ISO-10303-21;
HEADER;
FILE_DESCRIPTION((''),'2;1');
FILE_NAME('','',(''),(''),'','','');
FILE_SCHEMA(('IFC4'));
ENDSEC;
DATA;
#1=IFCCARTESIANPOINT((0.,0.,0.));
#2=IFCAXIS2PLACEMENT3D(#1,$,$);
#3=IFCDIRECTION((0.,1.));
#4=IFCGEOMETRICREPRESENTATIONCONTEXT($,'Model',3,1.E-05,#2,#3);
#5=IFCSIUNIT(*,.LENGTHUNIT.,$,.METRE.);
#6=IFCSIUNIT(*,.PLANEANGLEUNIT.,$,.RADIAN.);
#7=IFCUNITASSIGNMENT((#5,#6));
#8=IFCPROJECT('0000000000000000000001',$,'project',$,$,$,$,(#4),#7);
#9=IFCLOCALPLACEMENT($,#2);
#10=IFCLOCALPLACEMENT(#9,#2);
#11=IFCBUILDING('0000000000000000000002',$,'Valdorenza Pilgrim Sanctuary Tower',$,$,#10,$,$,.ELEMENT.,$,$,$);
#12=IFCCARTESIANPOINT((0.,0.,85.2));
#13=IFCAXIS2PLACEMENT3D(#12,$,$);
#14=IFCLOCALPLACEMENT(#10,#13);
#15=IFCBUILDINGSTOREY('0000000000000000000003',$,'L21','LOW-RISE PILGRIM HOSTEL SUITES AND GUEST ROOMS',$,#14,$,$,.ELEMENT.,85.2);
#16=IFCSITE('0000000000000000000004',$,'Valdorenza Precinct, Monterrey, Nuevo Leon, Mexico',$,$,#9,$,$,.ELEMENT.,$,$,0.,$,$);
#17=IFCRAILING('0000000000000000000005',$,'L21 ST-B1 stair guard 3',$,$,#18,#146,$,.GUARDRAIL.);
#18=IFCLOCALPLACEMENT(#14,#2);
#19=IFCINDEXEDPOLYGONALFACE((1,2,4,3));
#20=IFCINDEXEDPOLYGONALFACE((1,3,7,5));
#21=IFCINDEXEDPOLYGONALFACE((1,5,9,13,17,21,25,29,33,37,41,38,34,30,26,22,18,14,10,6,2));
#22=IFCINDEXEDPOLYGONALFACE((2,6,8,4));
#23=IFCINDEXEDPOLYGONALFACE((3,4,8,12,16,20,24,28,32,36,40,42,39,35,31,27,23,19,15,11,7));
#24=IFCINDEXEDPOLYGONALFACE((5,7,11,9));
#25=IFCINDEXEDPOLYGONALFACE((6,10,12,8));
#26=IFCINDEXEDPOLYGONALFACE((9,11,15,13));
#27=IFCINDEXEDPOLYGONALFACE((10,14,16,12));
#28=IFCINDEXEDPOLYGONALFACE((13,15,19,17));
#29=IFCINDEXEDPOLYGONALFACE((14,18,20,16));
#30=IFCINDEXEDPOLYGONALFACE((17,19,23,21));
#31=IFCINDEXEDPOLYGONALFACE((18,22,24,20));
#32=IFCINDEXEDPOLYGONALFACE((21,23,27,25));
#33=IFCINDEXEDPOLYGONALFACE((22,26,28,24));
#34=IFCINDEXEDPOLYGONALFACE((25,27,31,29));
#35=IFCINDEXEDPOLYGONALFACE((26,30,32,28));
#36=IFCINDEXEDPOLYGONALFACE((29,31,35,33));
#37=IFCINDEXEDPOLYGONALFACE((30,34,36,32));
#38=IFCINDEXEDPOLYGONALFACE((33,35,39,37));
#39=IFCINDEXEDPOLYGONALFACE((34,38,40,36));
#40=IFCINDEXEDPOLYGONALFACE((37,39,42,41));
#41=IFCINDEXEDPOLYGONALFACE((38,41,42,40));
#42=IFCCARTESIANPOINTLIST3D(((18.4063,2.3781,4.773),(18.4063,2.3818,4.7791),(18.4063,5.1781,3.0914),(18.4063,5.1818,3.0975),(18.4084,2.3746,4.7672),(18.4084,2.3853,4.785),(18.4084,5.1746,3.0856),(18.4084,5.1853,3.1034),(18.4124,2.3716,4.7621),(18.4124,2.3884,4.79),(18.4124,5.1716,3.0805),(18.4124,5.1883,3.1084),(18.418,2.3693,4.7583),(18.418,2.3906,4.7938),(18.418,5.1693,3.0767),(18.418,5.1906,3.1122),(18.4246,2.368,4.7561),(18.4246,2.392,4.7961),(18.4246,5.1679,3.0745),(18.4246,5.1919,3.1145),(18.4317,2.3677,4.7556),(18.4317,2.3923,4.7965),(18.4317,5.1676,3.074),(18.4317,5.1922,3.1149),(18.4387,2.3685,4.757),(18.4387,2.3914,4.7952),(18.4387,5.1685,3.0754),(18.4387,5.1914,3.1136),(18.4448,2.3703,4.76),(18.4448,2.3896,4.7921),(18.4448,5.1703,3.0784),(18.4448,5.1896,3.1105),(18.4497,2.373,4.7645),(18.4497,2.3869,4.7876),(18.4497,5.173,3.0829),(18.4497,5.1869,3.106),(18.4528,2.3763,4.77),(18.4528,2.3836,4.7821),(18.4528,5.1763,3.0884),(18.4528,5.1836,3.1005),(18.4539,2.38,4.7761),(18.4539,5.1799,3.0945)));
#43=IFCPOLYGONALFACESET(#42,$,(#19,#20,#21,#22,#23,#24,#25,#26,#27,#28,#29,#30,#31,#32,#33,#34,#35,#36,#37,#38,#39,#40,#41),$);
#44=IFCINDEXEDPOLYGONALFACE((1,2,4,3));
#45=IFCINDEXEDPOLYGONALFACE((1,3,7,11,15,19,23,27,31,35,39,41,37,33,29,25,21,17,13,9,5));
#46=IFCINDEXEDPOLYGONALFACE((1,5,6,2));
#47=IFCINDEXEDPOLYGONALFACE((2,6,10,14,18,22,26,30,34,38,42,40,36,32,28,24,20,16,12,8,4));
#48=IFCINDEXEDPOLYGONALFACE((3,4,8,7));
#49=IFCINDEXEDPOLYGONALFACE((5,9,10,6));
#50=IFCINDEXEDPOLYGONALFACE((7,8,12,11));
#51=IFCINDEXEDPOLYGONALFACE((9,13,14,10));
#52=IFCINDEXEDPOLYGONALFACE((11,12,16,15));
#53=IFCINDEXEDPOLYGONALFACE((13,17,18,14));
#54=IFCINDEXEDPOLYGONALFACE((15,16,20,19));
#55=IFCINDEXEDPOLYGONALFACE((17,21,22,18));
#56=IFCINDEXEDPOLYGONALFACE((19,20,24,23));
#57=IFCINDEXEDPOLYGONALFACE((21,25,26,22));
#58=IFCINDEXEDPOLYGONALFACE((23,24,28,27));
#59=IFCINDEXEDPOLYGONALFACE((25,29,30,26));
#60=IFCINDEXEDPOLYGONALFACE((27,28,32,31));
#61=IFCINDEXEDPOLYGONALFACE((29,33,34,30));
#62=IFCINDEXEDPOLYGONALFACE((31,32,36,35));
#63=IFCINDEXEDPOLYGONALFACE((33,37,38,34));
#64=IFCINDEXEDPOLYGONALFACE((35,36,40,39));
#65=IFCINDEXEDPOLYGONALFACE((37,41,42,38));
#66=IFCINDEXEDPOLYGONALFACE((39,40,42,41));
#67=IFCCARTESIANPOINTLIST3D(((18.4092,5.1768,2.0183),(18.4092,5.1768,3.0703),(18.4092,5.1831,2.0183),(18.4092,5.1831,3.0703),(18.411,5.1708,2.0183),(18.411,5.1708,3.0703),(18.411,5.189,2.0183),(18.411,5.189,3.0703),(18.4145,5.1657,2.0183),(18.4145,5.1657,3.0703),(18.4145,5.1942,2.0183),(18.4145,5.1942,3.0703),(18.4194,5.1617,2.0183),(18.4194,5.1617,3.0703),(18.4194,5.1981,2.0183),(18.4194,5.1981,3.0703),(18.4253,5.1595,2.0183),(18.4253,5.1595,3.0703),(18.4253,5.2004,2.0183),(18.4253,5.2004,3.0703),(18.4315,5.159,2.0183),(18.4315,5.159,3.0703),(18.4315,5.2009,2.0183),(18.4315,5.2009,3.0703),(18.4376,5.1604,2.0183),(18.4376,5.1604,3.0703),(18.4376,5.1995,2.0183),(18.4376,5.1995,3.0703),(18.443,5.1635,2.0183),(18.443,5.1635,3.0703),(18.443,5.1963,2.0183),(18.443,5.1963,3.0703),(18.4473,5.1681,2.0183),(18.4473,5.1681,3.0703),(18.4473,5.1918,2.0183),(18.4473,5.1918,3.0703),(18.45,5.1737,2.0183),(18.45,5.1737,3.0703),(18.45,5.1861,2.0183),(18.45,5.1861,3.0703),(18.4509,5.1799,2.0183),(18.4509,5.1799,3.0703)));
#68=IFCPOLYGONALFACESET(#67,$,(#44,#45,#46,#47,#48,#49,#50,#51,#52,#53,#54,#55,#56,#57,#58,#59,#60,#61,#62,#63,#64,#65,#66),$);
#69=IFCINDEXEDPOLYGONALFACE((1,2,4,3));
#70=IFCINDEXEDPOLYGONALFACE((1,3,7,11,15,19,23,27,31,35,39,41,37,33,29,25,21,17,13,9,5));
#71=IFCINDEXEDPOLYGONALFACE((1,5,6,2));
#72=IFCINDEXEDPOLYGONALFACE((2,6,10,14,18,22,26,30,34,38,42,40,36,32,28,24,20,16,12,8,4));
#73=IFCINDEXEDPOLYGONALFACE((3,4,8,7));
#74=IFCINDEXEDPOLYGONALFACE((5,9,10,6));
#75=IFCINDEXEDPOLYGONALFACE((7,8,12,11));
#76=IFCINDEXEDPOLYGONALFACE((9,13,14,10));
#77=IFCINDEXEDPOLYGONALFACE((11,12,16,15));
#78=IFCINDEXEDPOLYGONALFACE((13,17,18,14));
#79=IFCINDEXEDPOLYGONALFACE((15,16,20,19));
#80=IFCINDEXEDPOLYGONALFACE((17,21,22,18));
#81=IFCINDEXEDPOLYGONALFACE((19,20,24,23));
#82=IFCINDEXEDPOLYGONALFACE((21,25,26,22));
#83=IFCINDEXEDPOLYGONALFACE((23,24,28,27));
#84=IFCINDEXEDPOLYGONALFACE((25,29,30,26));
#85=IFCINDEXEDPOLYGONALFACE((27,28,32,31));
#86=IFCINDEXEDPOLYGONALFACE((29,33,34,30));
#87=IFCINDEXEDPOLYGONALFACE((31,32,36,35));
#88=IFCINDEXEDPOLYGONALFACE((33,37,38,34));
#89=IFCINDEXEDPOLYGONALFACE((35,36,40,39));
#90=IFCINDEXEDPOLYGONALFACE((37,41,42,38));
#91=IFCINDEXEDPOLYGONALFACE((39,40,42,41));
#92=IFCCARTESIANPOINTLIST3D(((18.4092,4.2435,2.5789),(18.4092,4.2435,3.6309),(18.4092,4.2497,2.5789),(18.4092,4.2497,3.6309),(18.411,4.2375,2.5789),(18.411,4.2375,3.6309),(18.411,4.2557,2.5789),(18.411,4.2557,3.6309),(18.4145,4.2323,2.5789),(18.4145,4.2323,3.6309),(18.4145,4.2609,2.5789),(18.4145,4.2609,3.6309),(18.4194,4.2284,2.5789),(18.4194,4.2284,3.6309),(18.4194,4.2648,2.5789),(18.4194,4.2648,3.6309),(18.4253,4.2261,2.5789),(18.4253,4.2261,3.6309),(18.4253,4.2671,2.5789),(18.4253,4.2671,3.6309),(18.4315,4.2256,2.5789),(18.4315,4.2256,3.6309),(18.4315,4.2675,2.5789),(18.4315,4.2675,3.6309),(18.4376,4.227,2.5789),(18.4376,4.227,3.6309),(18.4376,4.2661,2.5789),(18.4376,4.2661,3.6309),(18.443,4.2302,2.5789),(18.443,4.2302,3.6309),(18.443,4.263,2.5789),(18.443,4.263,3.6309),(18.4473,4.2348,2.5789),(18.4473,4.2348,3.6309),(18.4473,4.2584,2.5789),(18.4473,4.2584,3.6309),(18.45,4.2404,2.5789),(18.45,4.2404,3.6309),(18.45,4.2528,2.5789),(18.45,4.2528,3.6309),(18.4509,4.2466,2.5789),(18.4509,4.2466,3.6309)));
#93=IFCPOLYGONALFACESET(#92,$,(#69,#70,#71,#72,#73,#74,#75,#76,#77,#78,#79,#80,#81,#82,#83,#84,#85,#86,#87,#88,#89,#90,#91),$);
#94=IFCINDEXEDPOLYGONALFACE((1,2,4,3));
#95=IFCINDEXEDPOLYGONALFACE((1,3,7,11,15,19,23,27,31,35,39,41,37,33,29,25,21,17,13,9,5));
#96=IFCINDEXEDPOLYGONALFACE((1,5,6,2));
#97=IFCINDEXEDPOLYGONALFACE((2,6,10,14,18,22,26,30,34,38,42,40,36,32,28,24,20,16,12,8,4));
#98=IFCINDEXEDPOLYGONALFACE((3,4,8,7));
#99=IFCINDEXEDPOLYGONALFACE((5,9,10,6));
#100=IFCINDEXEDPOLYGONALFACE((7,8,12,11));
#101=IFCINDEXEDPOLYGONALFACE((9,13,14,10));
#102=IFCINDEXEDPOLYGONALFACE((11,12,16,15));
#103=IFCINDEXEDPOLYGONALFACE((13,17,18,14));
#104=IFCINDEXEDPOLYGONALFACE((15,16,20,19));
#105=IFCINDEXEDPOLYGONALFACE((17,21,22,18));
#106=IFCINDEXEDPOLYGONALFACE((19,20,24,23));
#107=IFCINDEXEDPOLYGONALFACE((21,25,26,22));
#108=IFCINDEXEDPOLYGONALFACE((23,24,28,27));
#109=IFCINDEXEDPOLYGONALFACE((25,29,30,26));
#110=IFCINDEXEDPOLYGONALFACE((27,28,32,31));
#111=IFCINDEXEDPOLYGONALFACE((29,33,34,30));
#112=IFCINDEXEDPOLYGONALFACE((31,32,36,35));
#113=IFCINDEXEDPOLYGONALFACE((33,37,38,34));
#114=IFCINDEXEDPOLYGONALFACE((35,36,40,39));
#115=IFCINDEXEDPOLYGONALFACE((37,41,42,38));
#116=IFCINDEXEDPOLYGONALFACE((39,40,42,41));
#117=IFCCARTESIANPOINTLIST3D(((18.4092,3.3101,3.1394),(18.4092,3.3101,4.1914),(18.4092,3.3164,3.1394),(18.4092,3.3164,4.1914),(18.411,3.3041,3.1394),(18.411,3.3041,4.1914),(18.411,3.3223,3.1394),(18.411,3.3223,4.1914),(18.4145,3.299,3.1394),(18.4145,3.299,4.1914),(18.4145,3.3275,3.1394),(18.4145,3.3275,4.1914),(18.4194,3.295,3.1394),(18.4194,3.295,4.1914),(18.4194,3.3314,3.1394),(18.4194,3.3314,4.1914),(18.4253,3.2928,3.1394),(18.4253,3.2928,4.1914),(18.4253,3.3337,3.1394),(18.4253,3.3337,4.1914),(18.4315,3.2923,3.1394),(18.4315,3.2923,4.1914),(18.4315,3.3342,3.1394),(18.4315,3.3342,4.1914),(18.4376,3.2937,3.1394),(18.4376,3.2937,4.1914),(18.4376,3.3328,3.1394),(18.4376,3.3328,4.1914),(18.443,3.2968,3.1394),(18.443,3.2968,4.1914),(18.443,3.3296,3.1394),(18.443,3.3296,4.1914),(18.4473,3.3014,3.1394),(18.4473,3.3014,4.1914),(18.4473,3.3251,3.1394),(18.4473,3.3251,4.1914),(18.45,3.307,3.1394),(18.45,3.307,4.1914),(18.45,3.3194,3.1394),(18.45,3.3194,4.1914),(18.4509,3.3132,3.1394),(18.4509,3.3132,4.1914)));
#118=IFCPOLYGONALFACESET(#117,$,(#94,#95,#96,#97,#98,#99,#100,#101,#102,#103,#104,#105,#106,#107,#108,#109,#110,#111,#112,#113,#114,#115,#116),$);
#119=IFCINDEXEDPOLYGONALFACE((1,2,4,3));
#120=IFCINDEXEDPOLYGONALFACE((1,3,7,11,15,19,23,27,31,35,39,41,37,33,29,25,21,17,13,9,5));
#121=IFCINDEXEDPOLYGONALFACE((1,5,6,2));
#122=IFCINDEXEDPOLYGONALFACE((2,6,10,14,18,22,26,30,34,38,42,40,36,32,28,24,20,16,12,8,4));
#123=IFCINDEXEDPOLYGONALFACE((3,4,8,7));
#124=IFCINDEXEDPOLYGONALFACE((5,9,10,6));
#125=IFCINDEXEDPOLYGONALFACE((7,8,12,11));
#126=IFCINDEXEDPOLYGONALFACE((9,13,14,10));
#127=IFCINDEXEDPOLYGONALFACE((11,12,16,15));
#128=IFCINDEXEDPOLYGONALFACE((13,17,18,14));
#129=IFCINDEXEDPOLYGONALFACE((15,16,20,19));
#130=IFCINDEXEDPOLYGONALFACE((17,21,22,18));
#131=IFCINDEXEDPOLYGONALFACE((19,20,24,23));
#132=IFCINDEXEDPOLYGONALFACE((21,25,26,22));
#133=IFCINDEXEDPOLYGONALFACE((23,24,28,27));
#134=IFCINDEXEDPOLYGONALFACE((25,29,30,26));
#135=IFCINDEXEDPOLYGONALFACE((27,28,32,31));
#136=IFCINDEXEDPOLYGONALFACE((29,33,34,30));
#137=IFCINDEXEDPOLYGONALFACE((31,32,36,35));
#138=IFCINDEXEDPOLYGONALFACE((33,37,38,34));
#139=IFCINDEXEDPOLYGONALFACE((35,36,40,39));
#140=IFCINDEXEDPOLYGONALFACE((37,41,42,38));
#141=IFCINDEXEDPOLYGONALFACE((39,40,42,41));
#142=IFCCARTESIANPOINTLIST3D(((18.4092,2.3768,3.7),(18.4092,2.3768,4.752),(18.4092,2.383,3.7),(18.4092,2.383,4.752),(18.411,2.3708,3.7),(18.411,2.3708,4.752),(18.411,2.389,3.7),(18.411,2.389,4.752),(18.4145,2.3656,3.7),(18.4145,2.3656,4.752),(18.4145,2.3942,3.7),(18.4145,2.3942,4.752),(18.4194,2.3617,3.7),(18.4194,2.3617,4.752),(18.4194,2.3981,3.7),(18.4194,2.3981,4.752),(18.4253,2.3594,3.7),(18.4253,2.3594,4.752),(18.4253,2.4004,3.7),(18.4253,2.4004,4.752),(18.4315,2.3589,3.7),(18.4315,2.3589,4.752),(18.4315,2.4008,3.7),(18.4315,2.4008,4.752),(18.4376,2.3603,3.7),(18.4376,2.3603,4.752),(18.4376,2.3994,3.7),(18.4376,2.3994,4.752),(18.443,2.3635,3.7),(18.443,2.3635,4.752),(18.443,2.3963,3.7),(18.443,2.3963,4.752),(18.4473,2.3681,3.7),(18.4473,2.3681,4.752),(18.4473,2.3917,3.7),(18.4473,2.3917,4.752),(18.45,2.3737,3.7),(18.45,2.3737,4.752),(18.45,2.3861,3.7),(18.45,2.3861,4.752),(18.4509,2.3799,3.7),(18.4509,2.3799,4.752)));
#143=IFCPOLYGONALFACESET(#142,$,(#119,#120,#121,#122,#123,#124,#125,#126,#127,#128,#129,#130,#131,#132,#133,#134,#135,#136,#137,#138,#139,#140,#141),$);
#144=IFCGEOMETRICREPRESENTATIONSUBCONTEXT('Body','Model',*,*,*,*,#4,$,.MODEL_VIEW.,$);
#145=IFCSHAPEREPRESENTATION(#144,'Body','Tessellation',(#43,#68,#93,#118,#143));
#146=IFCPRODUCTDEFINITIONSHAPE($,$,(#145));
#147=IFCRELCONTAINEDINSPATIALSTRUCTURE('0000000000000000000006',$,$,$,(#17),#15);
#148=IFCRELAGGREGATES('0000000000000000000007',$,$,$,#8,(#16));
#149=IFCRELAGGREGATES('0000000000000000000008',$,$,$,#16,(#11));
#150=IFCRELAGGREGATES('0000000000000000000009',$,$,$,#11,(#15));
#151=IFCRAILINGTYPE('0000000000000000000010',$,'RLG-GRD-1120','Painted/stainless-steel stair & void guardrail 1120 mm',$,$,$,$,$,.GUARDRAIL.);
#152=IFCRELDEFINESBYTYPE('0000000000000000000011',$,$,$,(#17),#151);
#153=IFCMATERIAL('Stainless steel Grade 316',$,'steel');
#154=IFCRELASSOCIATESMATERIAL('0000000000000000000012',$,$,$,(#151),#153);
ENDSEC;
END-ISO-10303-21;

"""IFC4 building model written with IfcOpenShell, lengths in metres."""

from ifc_helpers import new_model, si_unit, direction, frame, origin, origin_2d, place, context, subcontext, project, spatial, circle, extrude, material, type_object, element, save


model = new_model("IFC4")

# Units and contexts
model_context = context("Model", 3, precision=1e-05, world=origin(), true_north=direction((0.0, 1.0)))
body_context = subcontext(model_context, "Body", "Model", "MODEL_VIEW")
ifc_project = project(units=[si_unit("LENGTHUNIT", "METRE"), si_unit("PLANEANGLEUNIT", "RADIAN")], contexts=[model_context])

# Site, building, storey
site_placement = place(None, origin())
site = spatial("IfcSite", under=ifc_project, at=site_placement, Name="Valdorenza Precinct, Monterrey, Nuevo Leon, Mexico", CompositionType="ELEMENT", RefElevation=0.0)
building_placement = place(site_placement, origin())
building = spatial("IfcBuilding", under=site, at=building_placement, Name="Valdorenza Pilgrim Sanctuary Tower", CompositionType="ELEMENT")
storey_placement = place(building_placement, frame((0.0, 0.0, 85.2)))
storey = spatial("IfcBuildingStorey", under=building, at=storey_placement, Name="L21", Description="LOW-RISE PILGRIM HOSTEL SUITES AND GUEST ROOMS", CompositionType="ELEMENT", Elevation=85.2)

# Railing
ifc_material_1 = material(Name="Stainless steel Grade 316", Category="steel")
railing_type_1 = type_object("IfcRailingType", Name="RLG-GRD-1120", Description="Painted/stainless-steel stair & void guardrail 1120 mm", PredefinedType="GUARDRAIL", material=ifc_material_1)
railing_1_placement = place(storey_placement, frame((18.4299, 5.1799, 2.0183)))
element("IfcRailing", 1, at=railing_1_placement, inside=storey, type_object=railing_type_1, Name="L21 ST-B1 stair guard 3", PredefinedType="GUARDRAIL", context=body_context, shape_type="SweptSolid", body=[
    extrude(circle(Radius=0.0239, at=origin_2d()), frame((0.0, 0.0, 1.0762), z_axis=(0.0, -0.857275, 0.514858), x_axis=(1.0, 0.0, 0.0)), (0.0, 0.0, 1.0), 3.2661),
    extrude(circle(Radius=0.021, at=origin_2d()), origin(), (0.0, 0.0, 1.0), 1.052),
    extrude(circle(Radius=0.021, at=origin_2d()), frame((0.0, -0.9333, 0.5605)), (0.0, 0.0, 1.0), 1.052),
    extrude(circle(Radius=0.021, at=origin_2d()), frame((0.0, -1.8667, 1.1211)), (0.0, 0.0, 1.0), 1.052),
    extrude(circle(Radius=0.021, at=origin_2d()), frame((0.0, -2.8, 1.6816)), (0.0, 0.0, 1.0), 1.052),
])

save(model, "model.ifc")
